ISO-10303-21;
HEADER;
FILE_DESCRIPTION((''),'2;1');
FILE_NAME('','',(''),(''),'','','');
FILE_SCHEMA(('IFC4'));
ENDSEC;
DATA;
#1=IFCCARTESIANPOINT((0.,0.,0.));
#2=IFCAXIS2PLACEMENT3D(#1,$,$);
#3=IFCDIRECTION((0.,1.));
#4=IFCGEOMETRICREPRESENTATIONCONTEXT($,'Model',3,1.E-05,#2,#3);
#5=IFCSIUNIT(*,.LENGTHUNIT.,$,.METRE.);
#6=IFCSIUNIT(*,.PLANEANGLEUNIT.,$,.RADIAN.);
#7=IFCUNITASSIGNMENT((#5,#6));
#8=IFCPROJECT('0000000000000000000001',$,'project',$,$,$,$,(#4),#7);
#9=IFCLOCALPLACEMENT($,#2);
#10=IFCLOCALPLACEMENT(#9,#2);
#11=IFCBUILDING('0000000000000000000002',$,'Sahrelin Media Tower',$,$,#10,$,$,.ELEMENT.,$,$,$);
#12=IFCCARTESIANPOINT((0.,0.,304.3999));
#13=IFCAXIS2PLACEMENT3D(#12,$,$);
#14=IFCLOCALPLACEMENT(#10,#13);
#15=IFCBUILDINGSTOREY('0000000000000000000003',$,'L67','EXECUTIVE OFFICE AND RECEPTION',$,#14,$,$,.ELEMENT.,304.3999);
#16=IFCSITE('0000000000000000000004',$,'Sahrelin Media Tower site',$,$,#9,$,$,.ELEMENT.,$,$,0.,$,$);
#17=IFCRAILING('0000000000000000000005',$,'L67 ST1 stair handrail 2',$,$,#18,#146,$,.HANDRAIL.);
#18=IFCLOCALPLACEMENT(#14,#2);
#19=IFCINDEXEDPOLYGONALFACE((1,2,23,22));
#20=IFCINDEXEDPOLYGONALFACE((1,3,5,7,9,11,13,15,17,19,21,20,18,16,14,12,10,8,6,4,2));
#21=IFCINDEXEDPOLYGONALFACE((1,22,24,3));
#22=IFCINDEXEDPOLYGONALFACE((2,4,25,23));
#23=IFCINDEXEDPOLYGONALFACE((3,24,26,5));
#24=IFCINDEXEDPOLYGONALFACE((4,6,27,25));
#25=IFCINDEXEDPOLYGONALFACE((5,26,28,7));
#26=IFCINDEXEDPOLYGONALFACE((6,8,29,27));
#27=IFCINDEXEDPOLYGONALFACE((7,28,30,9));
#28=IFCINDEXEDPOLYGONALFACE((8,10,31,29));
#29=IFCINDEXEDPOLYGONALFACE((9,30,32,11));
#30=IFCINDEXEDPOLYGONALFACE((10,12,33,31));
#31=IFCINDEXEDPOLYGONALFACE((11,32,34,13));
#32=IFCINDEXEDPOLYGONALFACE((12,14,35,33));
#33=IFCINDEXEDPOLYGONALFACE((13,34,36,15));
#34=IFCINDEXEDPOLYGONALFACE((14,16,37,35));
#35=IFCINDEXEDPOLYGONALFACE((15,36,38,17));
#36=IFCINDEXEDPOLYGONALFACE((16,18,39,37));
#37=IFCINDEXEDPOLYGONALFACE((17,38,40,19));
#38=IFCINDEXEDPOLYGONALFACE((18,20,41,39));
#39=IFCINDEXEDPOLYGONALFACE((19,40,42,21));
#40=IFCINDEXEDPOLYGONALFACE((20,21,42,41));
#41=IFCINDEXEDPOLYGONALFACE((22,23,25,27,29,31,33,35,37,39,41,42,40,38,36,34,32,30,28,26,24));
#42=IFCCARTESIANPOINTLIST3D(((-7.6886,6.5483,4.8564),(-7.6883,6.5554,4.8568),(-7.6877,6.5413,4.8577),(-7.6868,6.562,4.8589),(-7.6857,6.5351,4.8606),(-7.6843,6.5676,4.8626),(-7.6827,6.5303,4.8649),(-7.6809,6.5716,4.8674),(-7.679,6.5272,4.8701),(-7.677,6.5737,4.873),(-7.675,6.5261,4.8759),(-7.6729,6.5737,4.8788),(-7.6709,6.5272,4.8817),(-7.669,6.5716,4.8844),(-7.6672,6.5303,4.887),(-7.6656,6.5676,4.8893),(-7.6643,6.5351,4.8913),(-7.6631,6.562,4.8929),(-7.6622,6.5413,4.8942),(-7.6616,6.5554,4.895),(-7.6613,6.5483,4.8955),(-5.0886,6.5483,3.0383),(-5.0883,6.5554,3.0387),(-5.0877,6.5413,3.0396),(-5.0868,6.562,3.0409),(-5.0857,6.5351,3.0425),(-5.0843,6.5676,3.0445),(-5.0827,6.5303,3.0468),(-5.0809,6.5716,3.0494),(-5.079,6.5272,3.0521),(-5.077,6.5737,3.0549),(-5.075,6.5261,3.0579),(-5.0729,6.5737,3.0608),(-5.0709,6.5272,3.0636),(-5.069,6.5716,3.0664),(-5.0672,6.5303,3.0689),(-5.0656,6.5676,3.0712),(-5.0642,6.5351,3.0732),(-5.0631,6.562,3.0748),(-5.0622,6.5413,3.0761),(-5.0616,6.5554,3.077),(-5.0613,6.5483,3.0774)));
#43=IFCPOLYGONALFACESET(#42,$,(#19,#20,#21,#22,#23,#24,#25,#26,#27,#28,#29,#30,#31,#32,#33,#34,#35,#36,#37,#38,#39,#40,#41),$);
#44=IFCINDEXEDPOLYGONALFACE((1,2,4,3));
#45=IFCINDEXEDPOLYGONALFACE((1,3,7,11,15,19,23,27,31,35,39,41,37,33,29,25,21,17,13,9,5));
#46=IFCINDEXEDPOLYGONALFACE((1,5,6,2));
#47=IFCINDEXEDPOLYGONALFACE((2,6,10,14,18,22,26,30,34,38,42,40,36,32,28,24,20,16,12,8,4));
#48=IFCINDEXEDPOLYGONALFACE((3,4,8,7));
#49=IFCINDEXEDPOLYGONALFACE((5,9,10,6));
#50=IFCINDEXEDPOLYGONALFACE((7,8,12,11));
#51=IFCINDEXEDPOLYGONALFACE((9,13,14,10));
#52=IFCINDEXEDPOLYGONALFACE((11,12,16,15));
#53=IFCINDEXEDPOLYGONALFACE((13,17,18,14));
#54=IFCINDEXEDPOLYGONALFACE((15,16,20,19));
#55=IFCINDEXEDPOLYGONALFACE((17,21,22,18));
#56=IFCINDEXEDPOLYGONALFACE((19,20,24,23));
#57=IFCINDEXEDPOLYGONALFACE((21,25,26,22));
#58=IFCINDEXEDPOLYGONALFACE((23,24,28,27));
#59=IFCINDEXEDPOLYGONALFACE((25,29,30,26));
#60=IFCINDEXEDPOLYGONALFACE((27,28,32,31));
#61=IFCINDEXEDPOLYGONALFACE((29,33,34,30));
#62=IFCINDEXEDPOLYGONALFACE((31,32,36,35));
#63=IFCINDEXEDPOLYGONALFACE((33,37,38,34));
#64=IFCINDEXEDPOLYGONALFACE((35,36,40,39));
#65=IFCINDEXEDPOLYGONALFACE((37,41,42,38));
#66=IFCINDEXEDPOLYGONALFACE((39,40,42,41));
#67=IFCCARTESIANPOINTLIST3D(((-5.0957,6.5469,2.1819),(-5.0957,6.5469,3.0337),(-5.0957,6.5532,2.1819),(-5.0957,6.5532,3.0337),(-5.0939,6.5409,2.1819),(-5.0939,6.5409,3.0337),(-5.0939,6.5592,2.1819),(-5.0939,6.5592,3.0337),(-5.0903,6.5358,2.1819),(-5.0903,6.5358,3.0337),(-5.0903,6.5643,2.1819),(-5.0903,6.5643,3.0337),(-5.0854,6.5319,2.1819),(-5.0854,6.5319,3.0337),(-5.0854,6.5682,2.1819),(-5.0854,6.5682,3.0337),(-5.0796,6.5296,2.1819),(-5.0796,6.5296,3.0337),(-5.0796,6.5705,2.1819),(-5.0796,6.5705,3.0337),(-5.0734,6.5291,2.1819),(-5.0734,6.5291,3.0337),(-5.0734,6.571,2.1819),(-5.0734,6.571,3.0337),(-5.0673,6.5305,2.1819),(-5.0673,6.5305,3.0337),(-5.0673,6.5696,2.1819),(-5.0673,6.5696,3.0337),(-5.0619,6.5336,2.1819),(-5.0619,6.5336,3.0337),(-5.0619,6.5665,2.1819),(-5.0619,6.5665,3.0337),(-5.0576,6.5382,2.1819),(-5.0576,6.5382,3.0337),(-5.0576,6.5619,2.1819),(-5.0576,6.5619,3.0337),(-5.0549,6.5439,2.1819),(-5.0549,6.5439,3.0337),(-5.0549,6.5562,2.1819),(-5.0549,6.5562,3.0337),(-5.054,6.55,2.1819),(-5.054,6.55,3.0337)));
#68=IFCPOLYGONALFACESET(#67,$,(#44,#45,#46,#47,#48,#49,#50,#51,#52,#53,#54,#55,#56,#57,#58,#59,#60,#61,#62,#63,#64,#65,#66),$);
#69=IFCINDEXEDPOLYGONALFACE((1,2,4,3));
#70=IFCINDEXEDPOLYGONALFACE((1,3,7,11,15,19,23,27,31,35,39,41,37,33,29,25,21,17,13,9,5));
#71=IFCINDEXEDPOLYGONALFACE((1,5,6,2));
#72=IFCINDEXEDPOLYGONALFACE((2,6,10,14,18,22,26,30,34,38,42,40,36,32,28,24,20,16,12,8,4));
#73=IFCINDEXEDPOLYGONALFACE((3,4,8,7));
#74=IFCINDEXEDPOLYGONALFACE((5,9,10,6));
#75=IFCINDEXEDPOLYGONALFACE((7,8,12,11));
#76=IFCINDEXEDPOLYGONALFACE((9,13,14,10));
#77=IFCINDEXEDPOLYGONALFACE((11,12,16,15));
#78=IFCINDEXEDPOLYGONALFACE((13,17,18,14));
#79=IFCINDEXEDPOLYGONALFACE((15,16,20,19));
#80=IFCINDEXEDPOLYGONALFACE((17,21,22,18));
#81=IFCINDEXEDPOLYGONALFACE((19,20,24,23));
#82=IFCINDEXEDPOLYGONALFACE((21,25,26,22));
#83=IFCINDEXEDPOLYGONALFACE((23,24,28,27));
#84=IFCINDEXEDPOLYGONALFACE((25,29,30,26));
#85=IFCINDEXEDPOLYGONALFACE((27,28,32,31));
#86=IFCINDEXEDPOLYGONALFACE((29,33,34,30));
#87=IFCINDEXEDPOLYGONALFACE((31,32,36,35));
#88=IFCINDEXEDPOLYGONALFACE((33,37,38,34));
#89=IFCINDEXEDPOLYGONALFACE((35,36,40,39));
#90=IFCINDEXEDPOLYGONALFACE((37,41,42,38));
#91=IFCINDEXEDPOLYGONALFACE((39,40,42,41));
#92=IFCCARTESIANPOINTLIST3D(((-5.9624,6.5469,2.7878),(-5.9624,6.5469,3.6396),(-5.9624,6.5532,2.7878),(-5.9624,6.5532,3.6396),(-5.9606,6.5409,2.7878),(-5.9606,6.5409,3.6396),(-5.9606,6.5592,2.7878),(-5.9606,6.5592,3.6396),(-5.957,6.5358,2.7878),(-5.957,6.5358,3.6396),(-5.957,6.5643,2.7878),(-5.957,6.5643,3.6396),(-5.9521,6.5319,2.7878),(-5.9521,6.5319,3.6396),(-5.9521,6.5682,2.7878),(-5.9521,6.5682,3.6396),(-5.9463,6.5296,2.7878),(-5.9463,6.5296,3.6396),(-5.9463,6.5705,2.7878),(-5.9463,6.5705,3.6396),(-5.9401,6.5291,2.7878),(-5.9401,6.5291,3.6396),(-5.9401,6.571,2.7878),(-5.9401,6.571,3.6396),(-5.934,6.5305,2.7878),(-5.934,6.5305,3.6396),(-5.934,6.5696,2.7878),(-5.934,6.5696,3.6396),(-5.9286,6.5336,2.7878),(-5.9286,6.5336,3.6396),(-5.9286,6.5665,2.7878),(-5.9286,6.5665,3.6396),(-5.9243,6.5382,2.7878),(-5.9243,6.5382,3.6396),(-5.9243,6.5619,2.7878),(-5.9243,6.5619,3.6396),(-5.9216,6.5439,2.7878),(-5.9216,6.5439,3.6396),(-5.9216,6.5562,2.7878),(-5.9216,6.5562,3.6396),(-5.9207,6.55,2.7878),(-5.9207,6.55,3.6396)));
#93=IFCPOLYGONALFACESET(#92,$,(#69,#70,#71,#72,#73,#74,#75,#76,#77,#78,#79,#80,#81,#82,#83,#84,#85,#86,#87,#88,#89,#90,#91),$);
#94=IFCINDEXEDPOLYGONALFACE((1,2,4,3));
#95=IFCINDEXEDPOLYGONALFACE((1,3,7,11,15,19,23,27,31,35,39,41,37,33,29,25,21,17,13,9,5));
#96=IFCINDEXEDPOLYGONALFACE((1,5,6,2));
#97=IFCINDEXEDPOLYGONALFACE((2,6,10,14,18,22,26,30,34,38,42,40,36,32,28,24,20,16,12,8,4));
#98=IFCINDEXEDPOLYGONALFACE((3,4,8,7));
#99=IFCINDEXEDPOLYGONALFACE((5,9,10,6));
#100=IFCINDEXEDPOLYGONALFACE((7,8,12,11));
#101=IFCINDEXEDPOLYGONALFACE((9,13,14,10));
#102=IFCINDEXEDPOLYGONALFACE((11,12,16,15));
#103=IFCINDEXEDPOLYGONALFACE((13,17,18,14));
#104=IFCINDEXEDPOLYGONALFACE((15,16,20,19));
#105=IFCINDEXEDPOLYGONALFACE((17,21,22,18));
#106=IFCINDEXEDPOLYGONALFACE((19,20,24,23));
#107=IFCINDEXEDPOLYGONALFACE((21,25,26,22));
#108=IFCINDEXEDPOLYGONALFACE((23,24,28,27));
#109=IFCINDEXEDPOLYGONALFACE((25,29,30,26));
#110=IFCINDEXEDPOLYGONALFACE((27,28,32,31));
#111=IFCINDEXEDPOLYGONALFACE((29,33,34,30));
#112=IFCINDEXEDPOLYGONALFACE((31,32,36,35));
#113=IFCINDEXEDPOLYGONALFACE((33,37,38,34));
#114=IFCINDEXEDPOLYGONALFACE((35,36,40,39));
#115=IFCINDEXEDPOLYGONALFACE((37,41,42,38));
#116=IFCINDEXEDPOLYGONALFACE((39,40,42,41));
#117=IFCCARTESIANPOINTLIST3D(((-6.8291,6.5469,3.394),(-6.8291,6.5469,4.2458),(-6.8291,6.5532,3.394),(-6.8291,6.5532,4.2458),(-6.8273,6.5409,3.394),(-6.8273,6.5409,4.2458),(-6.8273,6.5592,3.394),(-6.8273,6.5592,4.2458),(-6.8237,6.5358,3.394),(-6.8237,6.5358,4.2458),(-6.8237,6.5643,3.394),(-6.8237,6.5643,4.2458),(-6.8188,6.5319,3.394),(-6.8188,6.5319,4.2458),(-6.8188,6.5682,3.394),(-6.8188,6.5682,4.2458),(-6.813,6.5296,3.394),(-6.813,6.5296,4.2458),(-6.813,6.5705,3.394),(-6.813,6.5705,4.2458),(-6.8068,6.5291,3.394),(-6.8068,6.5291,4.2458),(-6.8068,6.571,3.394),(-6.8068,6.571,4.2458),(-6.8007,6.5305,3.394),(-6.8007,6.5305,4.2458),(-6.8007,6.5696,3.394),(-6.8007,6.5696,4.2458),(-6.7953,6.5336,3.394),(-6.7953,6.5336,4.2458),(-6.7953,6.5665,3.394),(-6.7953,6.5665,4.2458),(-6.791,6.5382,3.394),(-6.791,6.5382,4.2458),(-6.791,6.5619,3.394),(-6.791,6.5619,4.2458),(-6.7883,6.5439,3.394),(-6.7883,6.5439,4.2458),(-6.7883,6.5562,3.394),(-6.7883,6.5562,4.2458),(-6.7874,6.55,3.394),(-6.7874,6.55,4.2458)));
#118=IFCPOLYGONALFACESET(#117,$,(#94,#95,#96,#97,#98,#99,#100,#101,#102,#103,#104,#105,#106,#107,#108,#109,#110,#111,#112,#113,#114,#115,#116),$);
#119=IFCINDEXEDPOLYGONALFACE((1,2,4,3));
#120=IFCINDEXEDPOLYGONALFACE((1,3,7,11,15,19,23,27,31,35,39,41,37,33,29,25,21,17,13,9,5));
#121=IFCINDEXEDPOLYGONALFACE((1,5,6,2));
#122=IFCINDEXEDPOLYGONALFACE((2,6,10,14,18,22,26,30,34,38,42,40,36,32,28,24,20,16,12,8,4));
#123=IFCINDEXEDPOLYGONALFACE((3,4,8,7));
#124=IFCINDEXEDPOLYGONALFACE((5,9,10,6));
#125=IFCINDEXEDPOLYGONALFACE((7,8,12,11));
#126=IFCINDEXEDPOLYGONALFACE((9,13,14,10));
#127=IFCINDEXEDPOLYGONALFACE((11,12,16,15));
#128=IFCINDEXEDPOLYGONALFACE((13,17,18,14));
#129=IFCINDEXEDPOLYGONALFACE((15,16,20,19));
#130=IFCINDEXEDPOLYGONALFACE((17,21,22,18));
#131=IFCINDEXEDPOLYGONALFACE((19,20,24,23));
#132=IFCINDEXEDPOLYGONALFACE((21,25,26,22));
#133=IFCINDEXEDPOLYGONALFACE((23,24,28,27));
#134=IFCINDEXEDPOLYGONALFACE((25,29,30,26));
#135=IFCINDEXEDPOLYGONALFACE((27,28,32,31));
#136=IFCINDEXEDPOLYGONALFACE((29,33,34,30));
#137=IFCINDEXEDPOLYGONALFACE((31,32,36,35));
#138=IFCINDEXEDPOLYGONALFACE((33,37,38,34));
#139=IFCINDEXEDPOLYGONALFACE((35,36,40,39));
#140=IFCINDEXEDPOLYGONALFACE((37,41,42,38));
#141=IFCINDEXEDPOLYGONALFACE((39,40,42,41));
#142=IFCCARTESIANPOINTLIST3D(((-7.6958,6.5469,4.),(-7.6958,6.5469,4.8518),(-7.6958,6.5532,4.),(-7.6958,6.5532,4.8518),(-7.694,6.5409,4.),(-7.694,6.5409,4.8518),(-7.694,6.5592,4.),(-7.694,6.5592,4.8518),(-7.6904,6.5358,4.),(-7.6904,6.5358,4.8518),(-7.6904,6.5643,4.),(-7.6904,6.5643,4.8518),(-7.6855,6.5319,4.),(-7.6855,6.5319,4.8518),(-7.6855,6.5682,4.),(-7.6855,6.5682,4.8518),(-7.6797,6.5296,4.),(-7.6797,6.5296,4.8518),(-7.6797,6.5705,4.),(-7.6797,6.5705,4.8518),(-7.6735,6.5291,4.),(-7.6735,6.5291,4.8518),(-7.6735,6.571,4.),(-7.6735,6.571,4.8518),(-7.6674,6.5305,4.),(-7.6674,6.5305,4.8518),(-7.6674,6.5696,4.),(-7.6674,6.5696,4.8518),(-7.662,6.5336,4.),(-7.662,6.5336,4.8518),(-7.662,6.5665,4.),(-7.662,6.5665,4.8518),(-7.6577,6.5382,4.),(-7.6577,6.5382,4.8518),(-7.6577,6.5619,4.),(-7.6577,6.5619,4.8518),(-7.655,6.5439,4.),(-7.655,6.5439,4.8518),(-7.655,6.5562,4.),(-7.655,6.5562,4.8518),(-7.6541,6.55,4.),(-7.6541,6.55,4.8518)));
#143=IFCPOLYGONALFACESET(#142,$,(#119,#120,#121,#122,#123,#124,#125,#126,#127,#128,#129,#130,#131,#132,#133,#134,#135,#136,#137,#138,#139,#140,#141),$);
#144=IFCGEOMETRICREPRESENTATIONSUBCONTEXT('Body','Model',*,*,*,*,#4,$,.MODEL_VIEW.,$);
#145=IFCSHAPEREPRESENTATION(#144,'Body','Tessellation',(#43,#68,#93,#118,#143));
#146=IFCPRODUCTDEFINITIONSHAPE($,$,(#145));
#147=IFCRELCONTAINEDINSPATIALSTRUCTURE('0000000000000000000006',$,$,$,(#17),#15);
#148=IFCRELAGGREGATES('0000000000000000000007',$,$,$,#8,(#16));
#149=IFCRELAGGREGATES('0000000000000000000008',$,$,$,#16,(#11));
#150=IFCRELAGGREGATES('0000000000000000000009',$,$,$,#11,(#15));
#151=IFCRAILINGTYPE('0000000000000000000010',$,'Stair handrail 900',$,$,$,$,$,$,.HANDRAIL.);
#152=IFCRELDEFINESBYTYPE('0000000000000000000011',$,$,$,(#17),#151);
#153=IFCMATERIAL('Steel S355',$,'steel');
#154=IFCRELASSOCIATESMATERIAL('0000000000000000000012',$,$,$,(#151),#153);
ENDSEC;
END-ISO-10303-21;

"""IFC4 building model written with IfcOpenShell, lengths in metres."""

from ifc_helpers import new_model, si_unit, direction, frame, origin, origin_2d, place, context, subcontext, project, spatial, circle, extrude, material, type_object, element, save


model = new_model("IFC4")

# Units and contexts
model_context = context("Model", 3, precision=1e-05, world=origin(), true_north=direction((0.0, 1.0)))
body_context = subcontext(model_context, "Body", "Model", "MODEL_VIEW")
ifc_project = project(units=[si_unit("LENGTHUNIT", "METRE"), si_unit("PLANEANGLEUNIT", "RADIAN")], contexts=[model_context])

# Site, building, storey
site_placement = place(None, origin())
site = spatial("IfcSite", under=ifc_project, at=site_placement, Name="Sahrelin Media Tower site", CompositionType="ELEMENT", RefElevation=0.0)
building_placement = place(site_placement, origin())
building = spatial("IfcBuilding", under=site, at=building_placement, Name="Sahrelin Media Tower", CompositionType="ELEMENT")
storey_placement = place(building_placement, frame((0.0, 0.0, 304.3999)))
storey = spatial("IfcBuildingStorey", under=building, at=storey_placement, Name="L67", Description="EXECUTIVE OFFICE AND RECEPTION", CompositionType="ELEMENT", Elevation=304.3999)

# Shared definitions
ifc_material_1 = material(Name="Steel S355", Category="steel")

# Railing
railing_type_1 = type_object("IfcRailingType", Name="Stair handrail 900", PredefinedType="HANDRAIL", material=ifc_material_1)
railing_1_placement = place(storey_placement, frame((-5.075, 6.55, 2.1819)))
element("IfcRailing", 1, at=railing_1_placement, inside=storey, type_object=railing_type_1, Name="L67 ST1 stair handrail 2", PredefinedType="HANDRAIL", context=body_context, shape_type="SweptSolid", body=[
    extrude(circle(Radius=0.0239, at=origin_2d()), frame((0.0, 0.0, 0.876), z_axis=(-0.819521, 0.0, 0.573049), x_axis=(0.0, -1.0, 0.0)), (0.0, 0.0, 1.0), 3.1726),
    extrude(circle(Radius=0.021, at=origin_2d()), origin(), (0.0, 0.0, 1.0), 0.8518),
    extrude(circle(Radius=0.021, at=origin_2d()), frame((-0.8667, 0.0, 0.606)), (0.0, 0.0, 1.0), 0.8518),
    extrude(circle(Radius=0.021, at=origin_2d()), frame((-1.7334, 0.0, 1.2122)), (0.0, 0.0, 1.0), 0.8518),
    extrude(circle(Radius=0.021, at=origin_2d()), frame((-2.6001, 0.0, 1.8181)), (0.0, 0.0, 1.0), 0.8518),
])

save(model, "model.ifc")
